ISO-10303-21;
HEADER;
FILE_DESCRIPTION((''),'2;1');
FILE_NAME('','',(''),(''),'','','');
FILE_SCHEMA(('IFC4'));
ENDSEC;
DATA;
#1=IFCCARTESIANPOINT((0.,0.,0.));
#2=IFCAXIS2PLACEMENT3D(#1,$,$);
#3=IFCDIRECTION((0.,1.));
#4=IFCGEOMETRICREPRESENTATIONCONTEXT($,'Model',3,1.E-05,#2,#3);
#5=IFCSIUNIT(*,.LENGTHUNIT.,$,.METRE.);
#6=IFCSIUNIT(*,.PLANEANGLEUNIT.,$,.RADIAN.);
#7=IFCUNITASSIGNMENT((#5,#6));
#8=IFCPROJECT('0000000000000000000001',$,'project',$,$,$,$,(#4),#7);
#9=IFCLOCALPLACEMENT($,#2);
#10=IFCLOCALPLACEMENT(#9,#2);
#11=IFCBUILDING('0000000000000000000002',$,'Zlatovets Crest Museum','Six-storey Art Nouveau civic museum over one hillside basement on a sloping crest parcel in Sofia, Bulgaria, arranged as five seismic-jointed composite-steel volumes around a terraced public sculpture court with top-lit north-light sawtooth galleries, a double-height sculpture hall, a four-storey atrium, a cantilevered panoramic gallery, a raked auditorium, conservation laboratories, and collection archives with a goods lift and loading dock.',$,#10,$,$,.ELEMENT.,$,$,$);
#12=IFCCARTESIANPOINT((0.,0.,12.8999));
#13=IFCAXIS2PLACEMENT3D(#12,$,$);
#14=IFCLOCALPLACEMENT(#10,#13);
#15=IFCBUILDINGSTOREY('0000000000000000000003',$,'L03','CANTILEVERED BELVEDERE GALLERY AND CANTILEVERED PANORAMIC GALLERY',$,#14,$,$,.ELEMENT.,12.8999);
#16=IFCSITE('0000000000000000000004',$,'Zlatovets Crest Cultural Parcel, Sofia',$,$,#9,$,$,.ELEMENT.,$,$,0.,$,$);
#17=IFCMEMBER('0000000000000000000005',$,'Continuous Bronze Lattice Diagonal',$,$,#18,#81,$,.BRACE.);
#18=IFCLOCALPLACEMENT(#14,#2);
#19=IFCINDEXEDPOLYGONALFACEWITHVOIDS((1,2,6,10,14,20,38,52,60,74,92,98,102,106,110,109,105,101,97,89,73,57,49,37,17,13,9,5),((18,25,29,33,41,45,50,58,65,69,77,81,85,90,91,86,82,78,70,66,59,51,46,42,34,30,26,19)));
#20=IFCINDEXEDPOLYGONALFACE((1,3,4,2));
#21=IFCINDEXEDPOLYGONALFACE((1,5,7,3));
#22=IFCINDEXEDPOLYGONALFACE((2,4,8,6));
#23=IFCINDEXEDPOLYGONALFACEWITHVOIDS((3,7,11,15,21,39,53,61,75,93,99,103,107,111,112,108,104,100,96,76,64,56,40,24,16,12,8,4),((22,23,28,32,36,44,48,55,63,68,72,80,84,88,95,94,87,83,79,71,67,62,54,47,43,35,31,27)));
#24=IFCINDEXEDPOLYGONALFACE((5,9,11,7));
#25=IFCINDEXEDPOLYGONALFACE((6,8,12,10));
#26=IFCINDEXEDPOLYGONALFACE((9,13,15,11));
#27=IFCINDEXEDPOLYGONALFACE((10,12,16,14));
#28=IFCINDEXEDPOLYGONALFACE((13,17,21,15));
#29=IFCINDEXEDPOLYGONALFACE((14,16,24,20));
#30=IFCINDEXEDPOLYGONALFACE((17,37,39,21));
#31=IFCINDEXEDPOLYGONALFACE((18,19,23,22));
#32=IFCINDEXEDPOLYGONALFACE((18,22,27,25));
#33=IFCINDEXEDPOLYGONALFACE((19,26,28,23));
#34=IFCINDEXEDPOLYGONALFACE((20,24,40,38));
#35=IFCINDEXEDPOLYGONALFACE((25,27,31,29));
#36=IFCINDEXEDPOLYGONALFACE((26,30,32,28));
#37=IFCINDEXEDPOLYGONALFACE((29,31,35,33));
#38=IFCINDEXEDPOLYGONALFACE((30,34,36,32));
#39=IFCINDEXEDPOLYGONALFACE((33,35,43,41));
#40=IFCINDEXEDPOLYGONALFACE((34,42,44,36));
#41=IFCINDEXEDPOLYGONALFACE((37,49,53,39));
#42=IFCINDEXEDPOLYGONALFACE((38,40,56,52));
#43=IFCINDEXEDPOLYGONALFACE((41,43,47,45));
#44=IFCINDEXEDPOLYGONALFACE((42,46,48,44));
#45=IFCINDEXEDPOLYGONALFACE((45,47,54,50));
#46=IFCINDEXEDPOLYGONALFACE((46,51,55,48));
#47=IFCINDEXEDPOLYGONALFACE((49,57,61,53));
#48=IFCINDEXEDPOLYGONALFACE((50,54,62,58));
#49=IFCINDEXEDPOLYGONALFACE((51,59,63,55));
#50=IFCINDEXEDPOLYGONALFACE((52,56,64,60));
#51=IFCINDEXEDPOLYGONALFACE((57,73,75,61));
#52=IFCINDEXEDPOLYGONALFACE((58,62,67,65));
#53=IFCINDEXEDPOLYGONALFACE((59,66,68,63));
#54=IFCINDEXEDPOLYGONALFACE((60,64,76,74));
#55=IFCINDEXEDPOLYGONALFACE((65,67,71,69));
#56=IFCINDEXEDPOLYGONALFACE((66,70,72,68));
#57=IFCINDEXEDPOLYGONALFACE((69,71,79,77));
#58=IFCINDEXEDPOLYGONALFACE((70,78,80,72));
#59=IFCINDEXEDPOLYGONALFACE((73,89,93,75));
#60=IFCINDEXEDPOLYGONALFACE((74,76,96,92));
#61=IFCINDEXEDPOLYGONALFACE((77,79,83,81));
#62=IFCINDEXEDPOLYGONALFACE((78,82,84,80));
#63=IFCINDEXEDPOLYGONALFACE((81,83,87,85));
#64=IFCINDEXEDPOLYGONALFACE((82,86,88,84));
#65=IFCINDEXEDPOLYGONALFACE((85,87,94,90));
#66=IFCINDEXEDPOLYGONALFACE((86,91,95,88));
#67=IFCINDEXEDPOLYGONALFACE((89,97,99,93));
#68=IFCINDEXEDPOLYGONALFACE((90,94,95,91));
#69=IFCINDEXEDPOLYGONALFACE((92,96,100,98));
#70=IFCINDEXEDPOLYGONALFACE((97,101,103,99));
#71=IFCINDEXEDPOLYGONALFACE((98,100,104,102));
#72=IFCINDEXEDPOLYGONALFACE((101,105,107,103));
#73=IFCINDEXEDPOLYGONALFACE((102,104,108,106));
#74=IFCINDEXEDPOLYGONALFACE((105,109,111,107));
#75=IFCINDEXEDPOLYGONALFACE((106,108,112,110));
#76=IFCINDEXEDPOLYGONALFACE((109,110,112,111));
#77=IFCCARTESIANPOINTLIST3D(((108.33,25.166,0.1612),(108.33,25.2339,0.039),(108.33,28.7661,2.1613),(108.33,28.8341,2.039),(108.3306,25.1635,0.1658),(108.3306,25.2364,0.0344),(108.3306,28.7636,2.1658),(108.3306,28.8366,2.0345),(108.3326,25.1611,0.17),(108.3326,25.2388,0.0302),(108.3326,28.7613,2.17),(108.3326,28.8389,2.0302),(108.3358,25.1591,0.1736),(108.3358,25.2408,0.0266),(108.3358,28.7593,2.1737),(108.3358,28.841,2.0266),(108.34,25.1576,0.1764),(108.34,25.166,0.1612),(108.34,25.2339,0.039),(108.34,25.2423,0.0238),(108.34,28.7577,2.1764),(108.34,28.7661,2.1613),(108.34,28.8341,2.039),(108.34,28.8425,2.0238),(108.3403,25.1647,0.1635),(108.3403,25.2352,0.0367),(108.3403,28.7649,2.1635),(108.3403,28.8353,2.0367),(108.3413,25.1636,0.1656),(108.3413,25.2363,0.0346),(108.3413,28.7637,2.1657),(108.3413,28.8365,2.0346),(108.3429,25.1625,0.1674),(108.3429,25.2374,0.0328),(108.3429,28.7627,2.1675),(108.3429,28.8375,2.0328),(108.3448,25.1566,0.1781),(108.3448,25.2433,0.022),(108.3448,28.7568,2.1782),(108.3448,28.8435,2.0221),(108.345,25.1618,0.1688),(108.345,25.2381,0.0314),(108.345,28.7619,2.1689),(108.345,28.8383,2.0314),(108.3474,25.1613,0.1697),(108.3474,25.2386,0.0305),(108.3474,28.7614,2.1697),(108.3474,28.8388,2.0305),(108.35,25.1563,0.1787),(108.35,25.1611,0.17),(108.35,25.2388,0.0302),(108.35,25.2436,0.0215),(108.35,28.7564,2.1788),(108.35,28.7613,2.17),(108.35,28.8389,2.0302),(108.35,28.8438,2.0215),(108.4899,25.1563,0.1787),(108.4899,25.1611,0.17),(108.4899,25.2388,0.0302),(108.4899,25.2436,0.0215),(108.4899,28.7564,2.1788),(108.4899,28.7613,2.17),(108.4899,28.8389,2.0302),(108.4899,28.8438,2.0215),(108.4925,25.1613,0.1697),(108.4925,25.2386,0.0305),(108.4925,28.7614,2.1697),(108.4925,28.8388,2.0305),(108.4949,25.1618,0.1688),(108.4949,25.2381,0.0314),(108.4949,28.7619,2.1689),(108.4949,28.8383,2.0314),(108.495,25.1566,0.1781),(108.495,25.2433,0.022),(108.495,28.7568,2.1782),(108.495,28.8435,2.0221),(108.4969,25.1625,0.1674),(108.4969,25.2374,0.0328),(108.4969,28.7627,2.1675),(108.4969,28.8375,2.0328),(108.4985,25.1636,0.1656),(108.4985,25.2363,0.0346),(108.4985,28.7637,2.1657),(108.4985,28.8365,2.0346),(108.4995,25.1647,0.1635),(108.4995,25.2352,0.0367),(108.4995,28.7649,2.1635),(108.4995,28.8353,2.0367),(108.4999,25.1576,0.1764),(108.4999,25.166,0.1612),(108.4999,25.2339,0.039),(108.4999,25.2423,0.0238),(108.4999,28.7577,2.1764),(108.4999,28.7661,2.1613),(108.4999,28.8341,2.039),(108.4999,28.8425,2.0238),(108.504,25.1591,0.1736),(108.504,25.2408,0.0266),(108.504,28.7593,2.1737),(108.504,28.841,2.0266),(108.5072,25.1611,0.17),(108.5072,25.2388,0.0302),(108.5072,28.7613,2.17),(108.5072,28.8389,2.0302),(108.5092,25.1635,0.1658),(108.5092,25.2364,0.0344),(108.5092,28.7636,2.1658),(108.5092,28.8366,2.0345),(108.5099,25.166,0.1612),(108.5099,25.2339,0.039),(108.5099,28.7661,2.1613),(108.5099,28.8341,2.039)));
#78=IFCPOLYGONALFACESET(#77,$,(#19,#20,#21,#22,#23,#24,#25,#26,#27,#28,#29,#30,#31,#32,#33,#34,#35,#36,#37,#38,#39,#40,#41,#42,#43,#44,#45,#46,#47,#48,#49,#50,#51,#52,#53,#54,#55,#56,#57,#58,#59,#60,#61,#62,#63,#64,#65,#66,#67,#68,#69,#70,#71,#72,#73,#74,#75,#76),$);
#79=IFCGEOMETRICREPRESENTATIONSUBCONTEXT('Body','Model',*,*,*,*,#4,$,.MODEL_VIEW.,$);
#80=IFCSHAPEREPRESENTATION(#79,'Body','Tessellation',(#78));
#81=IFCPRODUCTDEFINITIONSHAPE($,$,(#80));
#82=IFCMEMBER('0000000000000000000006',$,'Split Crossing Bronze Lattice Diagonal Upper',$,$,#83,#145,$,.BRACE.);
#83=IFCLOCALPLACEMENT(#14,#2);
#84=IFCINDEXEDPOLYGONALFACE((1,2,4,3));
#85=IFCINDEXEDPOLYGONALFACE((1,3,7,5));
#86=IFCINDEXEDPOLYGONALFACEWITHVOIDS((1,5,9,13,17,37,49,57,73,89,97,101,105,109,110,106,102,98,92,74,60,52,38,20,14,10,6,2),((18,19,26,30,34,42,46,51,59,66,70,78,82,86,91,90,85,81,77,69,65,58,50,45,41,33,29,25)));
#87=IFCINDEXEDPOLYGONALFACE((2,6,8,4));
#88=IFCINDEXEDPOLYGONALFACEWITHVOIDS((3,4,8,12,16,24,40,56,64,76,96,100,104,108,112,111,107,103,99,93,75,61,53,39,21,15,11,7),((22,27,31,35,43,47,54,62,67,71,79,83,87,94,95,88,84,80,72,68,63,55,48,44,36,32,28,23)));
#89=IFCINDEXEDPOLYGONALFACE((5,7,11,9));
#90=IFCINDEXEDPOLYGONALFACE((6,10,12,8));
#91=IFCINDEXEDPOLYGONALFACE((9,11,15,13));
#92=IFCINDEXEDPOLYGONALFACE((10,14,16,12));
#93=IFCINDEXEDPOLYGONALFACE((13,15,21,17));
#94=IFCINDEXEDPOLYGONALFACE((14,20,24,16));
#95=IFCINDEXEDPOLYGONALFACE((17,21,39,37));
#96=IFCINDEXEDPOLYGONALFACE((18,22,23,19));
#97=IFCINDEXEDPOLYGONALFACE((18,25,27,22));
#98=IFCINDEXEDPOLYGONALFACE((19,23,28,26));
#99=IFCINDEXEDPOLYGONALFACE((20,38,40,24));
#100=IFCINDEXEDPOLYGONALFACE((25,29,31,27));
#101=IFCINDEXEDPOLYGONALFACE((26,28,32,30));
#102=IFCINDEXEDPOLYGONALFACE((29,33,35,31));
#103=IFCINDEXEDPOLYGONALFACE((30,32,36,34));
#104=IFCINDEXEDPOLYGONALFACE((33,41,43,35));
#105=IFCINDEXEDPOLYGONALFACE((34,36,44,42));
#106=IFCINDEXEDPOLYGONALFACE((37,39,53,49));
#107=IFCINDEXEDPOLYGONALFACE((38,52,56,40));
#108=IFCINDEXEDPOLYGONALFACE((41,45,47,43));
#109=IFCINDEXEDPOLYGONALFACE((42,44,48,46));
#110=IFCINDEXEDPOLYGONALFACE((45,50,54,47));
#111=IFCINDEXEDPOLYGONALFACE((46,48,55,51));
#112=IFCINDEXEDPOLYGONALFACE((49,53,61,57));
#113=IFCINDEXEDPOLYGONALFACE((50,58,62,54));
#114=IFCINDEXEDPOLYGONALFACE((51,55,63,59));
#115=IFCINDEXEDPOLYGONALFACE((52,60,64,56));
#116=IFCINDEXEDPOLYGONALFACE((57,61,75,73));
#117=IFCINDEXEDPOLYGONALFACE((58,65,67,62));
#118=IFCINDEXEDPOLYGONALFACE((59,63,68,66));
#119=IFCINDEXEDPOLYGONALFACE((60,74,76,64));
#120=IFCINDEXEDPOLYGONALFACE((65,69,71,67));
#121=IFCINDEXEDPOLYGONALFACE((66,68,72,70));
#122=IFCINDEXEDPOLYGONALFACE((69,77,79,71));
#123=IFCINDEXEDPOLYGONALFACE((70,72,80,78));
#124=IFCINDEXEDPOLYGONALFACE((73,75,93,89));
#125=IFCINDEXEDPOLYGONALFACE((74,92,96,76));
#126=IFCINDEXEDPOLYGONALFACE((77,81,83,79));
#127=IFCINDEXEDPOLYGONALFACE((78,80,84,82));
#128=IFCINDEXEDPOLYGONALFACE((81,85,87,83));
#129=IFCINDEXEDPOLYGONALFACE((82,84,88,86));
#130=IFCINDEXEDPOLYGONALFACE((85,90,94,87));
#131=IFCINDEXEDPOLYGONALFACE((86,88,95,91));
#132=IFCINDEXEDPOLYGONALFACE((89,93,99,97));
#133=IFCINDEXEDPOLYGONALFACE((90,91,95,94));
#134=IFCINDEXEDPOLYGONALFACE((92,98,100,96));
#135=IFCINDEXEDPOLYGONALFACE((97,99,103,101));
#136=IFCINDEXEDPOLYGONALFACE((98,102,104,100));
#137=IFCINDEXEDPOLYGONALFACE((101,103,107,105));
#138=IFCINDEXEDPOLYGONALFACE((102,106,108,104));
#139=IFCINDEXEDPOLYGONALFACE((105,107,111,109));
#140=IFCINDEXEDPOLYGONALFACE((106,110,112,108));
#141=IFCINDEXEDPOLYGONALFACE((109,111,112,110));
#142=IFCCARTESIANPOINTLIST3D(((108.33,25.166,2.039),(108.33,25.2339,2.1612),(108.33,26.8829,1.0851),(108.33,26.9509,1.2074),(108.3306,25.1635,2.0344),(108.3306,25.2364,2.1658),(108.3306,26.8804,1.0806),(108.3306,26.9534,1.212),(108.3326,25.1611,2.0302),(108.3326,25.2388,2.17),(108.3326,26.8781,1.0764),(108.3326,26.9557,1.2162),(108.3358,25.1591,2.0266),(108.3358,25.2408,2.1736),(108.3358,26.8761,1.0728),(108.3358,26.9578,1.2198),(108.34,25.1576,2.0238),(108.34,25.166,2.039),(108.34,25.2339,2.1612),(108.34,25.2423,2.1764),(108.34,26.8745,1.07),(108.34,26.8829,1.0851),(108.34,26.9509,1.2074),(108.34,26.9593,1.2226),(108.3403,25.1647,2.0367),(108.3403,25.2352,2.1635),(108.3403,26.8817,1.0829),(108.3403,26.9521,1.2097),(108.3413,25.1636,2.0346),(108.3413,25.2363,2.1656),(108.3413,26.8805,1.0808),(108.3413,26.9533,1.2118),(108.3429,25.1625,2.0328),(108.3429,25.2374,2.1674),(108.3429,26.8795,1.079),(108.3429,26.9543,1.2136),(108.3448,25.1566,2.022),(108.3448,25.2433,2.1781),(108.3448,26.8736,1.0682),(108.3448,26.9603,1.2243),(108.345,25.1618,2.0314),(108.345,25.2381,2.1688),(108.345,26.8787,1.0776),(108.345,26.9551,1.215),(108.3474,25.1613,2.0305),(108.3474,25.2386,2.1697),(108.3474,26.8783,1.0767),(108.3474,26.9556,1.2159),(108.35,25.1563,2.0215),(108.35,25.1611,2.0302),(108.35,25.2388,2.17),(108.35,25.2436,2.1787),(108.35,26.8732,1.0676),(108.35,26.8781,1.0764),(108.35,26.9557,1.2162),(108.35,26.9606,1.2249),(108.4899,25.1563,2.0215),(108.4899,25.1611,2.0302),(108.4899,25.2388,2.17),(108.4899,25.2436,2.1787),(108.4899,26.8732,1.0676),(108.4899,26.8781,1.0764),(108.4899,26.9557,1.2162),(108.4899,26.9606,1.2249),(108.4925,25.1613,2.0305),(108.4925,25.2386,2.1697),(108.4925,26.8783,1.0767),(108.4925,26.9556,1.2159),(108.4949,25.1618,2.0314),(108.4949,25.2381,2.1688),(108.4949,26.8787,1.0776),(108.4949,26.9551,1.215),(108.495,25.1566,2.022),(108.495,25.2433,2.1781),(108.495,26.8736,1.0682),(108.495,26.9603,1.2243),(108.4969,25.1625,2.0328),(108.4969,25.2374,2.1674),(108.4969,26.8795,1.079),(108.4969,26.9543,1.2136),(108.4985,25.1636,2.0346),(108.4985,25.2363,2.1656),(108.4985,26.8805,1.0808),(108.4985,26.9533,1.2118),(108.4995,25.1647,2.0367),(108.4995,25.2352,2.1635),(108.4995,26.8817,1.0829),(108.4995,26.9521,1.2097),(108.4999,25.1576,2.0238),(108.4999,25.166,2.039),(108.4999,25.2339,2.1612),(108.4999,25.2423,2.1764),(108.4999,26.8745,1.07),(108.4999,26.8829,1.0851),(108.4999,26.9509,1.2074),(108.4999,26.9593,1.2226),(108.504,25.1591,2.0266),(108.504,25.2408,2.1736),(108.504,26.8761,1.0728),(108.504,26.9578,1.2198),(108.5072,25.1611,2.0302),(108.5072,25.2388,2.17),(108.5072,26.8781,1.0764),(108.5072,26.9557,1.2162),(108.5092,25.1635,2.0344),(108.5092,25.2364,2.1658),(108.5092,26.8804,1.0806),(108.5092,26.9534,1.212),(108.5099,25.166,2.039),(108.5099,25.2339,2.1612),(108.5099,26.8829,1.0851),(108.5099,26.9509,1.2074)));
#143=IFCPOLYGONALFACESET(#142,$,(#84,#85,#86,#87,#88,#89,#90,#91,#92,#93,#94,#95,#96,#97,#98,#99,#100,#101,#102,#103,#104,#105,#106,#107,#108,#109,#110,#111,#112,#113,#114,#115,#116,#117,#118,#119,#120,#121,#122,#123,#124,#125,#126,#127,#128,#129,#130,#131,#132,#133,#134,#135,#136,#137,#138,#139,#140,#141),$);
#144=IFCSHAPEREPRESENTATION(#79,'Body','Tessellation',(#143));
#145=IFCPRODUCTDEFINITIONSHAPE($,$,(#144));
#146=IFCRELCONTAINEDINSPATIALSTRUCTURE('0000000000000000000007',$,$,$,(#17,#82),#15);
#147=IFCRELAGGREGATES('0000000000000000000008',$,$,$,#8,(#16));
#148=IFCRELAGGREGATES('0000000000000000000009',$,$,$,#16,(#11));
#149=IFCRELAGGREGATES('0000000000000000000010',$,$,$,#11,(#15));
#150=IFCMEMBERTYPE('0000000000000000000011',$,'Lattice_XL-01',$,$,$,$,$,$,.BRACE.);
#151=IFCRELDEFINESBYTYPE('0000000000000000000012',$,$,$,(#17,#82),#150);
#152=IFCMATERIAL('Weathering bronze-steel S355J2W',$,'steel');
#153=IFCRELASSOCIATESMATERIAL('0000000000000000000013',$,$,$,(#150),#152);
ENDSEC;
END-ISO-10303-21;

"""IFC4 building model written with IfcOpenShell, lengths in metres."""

from ifc_helpers import new_model, si_unit, direction, frame, origin, origin_2d, place, context, subcontext, project, spatial, hollow_rectangle, extrude, material, material_profile, profile_set, type_object, element, save


model = new_model("IFC4")

# Units and contexts
model_context = context("Model", 3, precision=1e-05, world=origin(), true_north=direction((0.0, 1.0)))
body_context = subcontext(model_context, "Body", "Model", "MODEL_VIEW")
ifc_project = project(units=[si_unit("LENGTHUNIT", "METRE"), si_unit("PLANEANGLEUNIT", "RADIAN")], contexts=[model_context])

# Site, building, storey
site_placement = place(None, origin())
site = spatial("IfcSite", under=ifc_project, at=site_placement, Name="Zlatovets Crest Cultural Parcel, Sofia", CompositionType="ELEMENT", RefElevation=0.0)
building_placement = place(site_placement, origin())
building = spatial("IfcBuilding", under=site, at=building_placement, Name="Zlatovets Crest Museum", Description="Six-storey Art Nouveau civic museum over one hillside basement on a sloping crest parcel in Sofia, Bulgaria, arranged as five seismic-jointed composite-steel volumes around a terraced public sculpture court with top-lit north-light sawtooth galleries, a double-height sculpture hall, a four-storey atrium, a cantilevered panoramic gallery, a raked auditorium, conservation laboratories, and collection archives with a goods lift and loading dock.", CompositionType="ELEMENT")
storey_placement = place(building_placement, frame((0.0, 0.0, 12.8999)))
storey = spatial("IfcBuildingStorey", under=building, at=storey_placement, Name="L03", Description="CANTILEVERED BELVEDERE GALLERY AND CANTILEVERED PANORAMIC GALLERY", CompositionType="ELEMENT", Elevation=12.8999)

# Members
ifc_material_1 = material(Name="Weathering bronze-steel S355J2W", Category="steel")
ifc_material_profile_1 = material_profile(ifc_material_1, hollow_rectangle(XDim=0.1799, YDim=0.1799, WallThickness=0.01, InnerFilletRadius=0.01, OuterFilletRadius=0.02, at=origin_2d()), Name="SHS 180x180x10.0")
ifc_profile_set_1 = profile_set([ifc_material_profile_1], Name="Weathering bronze-steel S355J2W")
member_type_1 = type_object("IfcMemberType", Name="Lattice_XL-01", PredefinedType="BRACE", material=ifc_profile_set_1)
member_1_placement = place(storey_placement, frame((108.4199, 25.2, 0.1001), z_axis=(0.0, 0.874163, 0.485633), x_axis=(-1.0, 0.0, 0.0)))
element("IfcMember", 1, at=member_1_placement, inside=storey, type_object=member_type_1, Name="Continuous Bronze Lattice Diagonal", PredefinedType="BRACE", context=body_context, shape_type="SweptSolid", body=[
    extrude(hollow_rectangle(XDim=0.1799, YDim=0.1799, WallThickness=0.01, InnerFilletRadius=0.01, OuterFilletRadius=0.02, at=origin_2d()), origin(), (0.0, 0.0, 1.0), 4.1184),
])
for number, where, z_axis, x_axis, name in (
    (2, (108.4199, 25.2, 2.1001), (0.0, 0.874169, -0.485622), (-1.0, 0.0, 0.0), "Split Crossing Bronze Lattice Diagonal Upper"),
):
    element("IfcMember", number, at=place(storey_placement, frame(where, z_axis=z_axis, x_axis=x_axis)), inside=storey, type_object=member_type_1, Name=name, PredefinedType="BRACE", context=body_context, shape_type="SweptSolid", body=[
        extrude(hollow_rectangle(XDim=0.1799, YDim=0.1799, WallThickness=0.01, InnerFilletRadius=0.01, OuterFilletRadius=0.02, at=origin_2d()), origin(), (0.0, 0.0, 1.0), 1.9641),
    ])

save(model, "model.ifc")
